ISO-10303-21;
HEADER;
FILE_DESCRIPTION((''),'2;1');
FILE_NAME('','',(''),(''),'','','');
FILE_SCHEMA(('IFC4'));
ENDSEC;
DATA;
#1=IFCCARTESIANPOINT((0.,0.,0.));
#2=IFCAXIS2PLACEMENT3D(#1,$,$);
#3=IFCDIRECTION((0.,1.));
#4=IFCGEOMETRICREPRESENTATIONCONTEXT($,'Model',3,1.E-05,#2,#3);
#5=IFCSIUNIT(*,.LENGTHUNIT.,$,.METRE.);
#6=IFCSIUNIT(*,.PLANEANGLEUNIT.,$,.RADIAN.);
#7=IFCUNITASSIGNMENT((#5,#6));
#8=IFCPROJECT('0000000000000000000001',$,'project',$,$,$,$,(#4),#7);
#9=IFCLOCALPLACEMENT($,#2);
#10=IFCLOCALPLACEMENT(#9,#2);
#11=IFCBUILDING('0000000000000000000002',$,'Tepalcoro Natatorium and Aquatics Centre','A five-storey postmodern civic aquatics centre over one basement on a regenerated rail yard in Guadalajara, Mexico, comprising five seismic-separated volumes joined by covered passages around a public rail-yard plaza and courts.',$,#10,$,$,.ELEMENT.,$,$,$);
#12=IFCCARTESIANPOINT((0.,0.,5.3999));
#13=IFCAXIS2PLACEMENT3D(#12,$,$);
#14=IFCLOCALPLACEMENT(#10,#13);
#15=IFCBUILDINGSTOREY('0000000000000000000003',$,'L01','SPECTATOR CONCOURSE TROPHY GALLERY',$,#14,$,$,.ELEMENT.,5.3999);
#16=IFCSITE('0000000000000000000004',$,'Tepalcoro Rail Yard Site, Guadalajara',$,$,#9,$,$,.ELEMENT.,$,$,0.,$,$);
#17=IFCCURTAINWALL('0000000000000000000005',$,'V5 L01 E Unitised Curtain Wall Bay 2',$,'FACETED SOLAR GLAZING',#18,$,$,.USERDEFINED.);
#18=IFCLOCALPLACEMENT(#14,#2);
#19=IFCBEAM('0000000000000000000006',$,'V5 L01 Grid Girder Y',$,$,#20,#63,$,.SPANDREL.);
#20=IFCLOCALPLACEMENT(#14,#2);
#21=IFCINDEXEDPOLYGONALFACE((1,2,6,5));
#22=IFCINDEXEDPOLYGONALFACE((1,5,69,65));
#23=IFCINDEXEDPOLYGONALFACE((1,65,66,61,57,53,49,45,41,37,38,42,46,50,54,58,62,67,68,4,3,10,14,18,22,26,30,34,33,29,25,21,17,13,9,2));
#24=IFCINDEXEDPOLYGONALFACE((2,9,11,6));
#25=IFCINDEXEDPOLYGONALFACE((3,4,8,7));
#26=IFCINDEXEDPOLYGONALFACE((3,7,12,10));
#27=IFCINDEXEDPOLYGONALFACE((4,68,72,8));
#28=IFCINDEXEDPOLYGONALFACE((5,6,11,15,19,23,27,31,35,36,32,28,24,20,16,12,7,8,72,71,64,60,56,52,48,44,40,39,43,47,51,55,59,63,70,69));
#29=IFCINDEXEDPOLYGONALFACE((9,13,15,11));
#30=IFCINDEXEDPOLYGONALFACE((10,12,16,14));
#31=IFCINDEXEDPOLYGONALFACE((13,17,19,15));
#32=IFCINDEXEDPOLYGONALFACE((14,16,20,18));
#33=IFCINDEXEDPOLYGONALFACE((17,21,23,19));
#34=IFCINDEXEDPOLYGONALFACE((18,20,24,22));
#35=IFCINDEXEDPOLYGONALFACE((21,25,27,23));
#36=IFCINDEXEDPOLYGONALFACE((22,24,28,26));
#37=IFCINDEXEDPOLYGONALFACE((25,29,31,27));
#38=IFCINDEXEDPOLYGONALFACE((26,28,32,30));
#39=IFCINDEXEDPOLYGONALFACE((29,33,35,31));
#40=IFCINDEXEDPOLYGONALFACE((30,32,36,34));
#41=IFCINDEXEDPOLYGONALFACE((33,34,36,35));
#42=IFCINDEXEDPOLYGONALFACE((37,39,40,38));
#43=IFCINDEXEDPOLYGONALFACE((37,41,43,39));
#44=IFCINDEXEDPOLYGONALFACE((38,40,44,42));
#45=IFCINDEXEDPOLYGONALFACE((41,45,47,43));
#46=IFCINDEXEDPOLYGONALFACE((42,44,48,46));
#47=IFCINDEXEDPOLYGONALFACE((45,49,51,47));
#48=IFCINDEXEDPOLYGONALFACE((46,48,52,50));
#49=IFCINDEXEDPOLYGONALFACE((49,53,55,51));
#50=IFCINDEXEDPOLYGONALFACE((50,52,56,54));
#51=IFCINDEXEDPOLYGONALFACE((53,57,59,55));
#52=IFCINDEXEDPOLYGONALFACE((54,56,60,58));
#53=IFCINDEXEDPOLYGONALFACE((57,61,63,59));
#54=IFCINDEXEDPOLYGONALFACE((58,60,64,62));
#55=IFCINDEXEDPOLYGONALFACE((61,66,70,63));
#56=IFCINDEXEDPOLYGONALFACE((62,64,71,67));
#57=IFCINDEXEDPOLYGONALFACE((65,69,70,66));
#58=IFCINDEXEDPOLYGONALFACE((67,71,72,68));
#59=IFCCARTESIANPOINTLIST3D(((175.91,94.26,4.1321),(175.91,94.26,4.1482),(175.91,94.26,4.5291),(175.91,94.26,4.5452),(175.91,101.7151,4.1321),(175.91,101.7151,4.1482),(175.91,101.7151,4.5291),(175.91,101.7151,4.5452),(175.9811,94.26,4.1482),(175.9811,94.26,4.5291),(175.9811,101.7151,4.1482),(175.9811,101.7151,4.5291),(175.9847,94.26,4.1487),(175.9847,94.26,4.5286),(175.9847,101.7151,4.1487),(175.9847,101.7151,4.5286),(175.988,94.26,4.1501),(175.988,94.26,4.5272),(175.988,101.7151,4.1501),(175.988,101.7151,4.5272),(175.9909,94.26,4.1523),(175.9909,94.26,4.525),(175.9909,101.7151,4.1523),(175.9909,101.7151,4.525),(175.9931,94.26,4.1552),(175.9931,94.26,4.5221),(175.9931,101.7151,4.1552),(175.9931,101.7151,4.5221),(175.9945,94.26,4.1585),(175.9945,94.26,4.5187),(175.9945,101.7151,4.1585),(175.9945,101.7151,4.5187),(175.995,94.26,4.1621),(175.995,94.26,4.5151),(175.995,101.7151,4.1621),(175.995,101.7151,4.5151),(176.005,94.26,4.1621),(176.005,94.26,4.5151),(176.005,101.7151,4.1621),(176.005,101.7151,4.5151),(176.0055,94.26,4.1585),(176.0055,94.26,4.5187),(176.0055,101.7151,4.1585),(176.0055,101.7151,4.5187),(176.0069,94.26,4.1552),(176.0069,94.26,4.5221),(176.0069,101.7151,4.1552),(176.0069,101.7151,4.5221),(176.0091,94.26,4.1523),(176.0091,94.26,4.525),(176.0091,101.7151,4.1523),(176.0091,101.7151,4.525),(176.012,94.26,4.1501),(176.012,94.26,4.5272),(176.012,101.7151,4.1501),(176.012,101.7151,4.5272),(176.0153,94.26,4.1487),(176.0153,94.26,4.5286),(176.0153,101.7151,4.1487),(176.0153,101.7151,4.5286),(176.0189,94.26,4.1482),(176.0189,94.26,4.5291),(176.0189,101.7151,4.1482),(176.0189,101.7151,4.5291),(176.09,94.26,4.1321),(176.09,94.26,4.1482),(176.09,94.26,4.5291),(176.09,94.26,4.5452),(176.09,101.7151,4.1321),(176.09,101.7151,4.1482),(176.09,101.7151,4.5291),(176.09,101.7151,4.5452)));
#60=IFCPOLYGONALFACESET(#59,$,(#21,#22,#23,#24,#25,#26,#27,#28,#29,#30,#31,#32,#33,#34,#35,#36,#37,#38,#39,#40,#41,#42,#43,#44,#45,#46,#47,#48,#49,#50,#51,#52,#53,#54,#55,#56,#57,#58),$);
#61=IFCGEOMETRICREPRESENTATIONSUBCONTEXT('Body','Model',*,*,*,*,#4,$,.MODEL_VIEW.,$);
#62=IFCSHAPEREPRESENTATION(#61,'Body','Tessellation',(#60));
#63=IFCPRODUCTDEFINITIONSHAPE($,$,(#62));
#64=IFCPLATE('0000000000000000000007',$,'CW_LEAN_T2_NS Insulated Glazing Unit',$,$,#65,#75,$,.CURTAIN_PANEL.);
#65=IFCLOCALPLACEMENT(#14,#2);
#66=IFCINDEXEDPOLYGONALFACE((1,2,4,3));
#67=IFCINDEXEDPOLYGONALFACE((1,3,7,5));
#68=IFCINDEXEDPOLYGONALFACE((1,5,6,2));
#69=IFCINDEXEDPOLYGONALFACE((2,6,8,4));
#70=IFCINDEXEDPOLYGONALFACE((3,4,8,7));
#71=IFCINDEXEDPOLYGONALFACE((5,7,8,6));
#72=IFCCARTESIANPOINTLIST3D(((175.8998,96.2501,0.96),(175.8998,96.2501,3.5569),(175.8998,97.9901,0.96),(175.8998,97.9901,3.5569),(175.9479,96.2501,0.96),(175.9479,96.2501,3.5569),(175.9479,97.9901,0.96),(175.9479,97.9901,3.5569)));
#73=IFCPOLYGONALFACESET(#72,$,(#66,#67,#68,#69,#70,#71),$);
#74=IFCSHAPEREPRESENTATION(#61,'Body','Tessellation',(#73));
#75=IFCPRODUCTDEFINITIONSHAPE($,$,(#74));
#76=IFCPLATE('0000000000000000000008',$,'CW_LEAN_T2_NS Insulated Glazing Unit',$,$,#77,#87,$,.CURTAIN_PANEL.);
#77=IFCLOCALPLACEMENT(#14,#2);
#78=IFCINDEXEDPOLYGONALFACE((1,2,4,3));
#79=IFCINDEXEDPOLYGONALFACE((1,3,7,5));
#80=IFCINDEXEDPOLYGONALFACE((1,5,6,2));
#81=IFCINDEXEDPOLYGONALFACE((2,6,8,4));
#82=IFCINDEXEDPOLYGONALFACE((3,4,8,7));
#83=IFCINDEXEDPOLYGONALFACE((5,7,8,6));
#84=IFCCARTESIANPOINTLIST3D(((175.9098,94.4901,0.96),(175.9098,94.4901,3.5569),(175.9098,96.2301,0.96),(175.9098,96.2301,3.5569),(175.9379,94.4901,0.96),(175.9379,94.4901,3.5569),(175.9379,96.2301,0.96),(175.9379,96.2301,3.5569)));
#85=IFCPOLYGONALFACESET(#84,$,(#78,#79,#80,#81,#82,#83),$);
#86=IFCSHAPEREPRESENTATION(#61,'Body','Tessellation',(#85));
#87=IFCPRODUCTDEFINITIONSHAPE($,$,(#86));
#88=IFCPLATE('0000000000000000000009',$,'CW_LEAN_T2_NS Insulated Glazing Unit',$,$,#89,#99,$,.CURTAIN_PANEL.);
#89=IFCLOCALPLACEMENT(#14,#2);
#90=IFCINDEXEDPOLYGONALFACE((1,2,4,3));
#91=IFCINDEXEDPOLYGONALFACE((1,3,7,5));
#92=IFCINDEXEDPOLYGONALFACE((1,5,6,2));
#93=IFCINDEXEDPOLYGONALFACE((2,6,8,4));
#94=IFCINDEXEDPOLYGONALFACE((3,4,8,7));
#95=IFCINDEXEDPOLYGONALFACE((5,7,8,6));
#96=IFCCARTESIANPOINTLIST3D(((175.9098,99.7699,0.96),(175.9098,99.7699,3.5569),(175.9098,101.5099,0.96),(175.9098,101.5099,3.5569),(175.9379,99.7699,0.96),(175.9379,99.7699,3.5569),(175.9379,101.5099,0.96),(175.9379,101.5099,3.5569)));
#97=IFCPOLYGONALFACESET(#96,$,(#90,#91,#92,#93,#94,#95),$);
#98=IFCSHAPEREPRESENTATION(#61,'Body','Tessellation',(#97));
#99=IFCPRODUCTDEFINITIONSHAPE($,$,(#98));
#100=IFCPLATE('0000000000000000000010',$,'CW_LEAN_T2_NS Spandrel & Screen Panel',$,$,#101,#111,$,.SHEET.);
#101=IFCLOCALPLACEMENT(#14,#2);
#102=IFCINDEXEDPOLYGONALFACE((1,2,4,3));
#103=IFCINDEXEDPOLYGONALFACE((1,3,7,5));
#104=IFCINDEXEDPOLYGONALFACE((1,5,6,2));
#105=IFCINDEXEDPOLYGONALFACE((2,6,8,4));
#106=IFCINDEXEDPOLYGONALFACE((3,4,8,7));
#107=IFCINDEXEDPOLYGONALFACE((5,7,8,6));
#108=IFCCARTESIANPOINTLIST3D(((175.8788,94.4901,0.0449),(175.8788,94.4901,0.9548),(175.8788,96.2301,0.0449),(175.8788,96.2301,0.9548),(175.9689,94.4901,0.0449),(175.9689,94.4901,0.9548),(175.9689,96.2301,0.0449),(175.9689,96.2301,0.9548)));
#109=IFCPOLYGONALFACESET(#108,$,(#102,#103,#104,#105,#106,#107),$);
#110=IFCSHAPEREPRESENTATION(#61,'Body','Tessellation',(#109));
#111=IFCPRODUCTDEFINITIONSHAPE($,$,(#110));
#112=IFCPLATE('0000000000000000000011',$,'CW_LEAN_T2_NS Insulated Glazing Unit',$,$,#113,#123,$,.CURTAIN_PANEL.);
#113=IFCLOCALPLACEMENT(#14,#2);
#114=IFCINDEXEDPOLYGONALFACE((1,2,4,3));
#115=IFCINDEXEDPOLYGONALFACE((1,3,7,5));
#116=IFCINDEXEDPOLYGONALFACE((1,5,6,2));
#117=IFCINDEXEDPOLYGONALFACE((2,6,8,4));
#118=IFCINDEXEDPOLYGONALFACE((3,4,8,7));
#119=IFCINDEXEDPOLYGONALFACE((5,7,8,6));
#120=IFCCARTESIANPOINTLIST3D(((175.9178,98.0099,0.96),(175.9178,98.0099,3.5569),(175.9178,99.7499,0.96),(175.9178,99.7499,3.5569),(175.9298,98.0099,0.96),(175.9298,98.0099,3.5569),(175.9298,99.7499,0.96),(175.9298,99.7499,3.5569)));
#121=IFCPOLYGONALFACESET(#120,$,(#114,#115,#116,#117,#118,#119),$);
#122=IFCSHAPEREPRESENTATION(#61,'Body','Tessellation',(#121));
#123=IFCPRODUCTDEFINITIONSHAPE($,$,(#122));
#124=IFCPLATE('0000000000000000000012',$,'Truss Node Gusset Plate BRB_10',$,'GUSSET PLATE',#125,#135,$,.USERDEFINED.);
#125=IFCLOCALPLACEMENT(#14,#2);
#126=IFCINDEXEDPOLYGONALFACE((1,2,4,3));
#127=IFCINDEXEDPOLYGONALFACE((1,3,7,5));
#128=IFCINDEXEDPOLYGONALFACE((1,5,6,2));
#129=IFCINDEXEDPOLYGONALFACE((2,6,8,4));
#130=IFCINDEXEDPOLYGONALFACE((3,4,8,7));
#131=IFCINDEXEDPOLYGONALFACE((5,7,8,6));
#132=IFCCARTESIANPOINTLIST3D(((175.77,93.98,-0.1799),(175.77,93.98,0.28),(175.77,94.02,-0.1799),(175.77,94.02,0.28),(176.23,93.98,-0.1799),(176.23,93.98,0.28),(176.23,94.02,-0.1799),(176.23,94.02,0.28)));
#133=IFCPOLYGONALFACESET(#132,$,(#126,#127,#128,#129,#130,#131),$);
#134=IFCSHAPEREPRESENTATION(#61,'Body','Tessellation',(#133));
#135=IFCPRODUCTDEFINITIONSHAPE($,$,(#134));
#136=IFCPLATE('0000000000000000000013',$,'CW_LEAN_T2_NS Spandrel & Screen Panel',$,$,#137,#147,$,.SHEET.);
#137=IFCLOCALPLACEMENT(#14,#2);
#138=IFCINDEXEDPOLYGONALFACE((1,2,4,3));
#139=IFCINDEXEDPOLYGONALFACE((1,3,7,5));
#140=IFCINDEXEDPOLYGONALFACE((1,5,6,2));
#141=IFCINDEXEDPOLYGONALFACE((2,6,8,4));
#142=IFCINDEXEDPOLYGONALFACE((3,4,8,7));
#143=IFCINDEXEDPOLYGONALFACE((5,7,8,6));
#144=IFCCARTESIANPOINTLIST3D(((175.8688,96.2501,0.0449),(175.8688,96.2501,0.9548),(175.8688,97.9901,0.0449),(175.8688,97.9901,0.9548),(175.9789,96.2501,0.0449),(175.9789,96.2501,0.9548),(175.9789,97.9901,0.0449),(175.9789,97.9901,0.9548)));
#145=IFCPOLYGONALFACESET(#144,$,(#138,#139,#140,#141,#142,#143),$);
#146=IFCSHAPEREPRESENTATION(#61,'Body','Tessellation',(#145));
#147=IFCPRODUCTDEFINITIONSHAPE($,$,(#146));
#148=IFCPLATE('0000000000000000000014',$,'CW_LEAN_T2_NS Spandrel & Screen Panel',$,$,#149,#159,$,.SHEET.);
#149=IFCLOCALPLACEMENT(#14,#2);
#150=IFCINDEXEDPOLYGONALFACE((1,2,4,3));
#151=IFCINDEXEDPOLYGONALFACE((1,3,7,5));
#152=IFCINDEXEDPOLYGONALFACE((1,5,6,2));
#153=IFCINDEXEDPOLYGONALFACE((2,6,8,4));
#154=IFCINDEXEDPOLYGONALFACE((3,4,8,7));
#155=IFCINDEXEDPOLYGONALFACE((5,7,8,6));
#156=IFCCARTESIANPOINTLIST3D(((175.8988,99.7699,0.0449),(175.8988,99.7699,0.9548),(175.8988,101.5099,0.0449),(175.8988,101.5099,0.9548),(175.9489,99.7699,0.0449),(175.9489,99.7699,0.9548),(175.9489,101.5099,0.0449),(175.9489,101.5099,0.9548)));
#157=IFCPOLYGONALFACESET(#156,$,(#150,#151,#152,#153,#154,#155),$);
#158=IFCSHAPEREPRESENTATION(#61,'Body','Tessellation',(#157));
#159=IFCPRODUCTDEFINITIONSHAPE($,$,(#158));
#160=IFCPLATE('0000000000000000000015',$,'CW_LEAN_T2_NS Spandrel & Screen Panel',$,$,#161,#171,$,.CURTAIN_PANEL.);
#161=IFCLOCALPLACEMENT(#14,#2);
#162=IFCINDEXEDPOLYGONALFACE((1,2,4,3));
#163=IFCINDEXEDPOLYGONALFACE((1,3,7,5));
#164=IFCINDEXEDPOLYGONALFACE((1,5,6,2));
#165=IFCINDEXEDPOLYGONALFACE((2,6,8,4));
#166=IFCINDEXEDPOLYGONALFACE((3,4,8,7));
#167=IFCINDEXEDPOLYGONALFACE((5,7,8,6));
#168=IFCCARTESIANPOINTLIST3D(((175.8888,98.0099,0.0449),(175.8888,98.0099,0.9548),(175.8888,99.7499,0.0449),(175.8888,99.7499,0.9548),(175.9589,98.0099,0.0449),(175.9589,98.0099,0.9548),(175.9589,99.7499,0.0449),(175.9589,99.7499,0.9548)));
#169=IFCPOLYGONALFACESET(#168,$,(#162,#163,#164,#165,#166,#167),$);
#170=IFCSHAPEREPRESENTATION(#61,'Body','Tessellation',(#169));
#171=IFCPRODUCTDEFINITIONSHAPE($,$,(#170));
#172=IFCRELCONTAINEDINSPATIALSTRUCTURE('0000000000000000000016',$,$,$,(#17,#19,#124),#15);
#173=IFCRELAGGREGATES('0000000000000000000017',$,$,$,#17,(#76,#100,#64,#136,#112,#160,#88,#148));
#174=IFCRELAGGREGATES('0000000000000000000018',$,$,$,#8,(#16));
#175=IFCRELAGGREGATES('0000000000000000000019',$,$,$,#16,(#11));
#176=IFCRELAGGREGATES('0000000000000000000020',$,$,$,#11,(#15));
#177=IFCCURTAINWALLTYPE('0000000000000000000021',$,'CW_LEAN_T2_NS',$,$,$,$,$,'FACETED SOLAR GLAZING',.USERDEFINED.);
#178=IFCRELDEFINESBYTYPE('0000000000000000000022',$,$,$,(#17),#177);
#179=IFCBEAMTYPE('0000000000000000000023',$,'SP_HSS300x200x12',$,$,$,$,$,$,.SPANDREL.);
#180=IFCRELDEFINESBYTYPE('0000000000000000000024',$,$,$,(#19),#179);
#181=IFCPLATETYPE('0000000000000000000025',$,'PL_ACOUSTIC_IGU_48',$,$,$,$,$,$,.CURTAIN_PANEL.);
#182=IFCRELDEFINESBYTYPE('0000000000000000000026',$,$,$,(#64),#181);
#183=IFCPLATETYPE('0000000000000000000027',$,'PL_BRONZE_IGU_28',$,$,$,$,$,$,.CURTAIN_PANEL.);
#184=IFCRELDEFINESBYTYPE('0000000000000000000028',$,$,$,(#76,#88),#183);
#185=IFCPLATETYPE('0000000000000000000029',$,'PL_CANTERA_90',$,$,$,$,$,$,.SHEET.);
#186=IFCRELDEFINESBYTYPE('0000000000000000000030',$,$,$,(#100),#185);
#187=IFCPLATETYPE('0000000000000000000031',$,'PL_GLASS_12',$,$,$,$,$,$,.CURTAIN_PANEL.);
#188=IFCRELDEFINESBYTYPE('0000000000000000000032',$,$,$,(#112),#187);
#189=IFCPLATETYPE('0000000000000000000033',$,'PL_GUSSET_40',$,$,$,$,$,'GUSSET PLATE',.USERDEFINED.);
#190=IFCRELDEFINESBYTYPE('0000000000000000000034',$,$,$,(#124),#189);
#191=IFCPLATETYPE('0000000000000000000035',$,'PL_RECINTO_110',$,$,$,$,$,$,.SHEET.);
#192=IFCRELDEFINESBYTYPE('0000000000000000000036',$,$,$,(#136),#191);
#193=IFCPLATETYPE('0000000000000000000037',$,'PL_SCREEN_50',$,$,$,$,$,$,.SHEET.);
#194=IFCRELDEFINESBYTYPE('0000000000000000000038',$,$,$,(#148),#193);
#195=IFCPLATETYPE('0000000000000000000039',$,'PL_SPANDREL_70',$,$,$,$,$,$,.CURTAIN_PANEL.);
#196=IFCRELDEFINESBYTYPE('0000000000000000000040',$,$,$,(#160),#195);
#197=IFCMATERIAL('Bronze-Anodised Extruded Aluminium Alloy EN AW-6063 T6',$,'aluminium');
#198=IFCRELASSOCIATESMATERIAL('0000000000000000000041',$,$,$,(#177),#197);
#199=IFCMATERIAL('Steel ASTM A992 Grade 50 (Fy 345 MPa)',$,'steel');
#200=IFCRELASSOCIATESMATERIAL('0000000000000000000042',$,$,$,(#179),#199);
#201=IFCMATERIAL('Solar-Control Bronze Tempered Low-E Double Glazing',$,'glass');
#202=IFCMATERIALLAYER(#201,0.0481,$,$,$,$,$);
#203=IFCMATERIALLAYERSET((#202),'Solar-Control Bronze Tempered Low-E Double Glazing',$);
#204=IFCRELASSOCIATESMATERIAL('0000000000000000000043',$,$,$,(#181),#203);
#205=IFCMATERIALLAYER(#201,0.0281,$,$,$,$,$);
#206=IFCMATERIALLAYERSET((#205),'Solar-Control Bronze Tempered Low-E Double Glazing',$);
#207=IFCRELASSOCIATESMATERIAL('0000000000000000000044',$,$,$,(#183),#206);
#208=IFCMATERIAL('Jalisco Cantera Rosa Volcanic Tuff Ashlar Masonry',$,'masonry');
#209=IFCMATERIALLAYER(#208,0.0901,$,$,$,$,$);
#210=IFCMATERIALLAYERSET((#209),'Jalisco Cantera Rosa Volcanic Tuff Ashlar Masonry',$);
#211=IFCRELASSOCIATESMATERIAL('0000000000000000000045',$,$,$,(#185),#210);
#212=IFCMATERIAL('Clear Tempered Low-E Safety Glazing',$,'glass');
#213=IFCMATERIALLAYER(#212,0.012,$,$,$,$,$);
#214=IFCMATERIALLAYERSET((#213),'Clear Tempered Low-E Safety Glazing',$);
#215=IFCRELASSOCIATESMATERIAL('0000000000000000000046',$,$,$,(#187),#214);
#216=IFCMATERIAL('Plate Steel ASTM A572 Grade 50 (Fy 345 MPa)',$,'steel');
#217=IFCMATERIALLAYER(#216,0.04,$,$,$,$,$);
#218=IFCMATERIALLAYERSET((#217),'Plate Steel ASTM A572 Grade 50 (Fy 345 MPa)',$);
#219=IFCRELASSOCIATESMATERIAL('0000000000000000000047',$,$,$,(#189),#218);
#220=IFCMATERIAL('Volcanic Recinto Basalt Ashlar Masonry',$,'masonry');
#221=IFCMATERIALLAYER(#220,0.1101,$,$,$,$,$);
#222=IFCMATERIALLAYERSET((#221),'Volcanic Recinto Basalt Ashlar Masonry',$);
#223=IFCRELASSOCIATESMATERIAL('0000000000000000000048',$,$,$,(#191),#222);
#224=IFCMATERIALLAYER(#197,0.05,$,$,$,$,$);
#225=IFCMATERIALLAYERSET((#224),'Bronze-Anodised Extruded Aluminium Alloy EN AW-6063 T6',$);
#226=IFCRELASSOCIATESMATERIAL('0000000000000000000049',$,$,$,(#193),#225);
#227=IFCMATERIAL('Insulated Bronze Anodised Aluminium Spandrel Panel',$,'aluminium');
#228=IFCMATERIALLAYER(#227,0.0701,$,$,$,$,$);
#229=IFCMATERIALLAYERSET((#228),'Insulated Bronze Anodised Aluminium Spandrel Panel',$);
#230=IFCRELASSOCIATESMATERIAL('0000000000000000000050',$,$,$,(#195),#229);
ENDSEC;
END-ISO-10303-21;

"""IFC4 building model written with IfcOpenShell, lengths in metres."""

from ifc_helpers import new_model, si_unit, direction, frame, origin, origin_2d, place, context, subcontext, project, spatial, rectangle, i_section, extrude, material, layer, layer_set, material_profile, profile_set, type_object, element, aggregate, save


model = new_model("IFC4")

# Units and contexts
model_context = context("Model", 3, precision=1e-05, world=origin(), true_north=direction((0.0, 1.0)))
body_context = subcontext(model_context, "Body", "Model", "MODEL_VIEW")
ifc_project = project(units=[si_unit("LENGTHUNIT", "METRE"), si_unit("PLANEANGLEUNIT", "RADIAN")], contexts=[model_context])

# Site, building, storey
site_placement = place(None, origin())
site = spatial("IfcSite", under=ifc_project, at=site_placement, Name="Tepalcoro Rail Yard Site, Guadalajara", CompositionType="ELEMENT", RefElevation=0.0)
building_placement = place(site_placement, origin())
building = spatial("IfcBuilding", under=site, at=building_placement, Name="Tepalcoro Natatorium and Aquatics Centre", Description="A five-storey postmodern civic aquatics centre over one basement on a regenerated rail yard in Guadalajara, Mexico, comprising five seismic-separated volumes joined by covered passages around a public rail-yard plaza and courts.", CompositionType="ELEMENT")
storey_placement = place(building_placement, frame((0.0, 0.0, 5.3999)))
storey = spatial("IfcBuildingStorey", under=building, at=storey_placement, Name="L01", Description="SPECTATOR CONCOURSE TROPHY GALLERY", CompositionType="ELEMENT", Elevation=5.3999)

# Shared definitions
ifc_material_1 = material(Name="Steel ASTM A992 Grade 50 (Fy 345 MPa)", Category="steel")

# Curtain wall
ifc_material_2 = material(Name="Bronze-Anodised Extruded Aluminium Alloy EN AW-6063 T6", Category="aluminium")
curtain_wall_type = type_object("IfcCurtainWallType", Name="CW_LEAN_T2_NS", ElementType="FACETED SOLAR GLAZING", PredefinedType="USERDEFINED", material=ifc_material_2)
curtain_wall_placement = place(storey_placement, origin())
curtain_wall = element("IfcCurtainWall", 1, at=curtain_wall_placement, inside=storey, type_object=curtain_wall_type, Name="V5 L01 E Unitised Curtain Wall Bay 2", ObjectType="FACETED SOLAR GLAZING", PredefinedType="USERDEFINED")

# Beam
ifc_material_profile_1 = material_profile(ifc_material_1, i_section(OverallWidth=0.1799, OverallDepth=0.4131, WebThickness=0.01, FlangeThickness=0.0161, FilletRadius=0.0139, at=origin_2d()), Name="W16X50")
ifc_profile_set_1 = profile_set([ifc_material_profile_1], Name="Steel ASTM A992 Grade 50 (Fy 345 MPa)")
beam_type_1 = type_object("IfcBeamType", Name="SP_HSS300x200x12", PredefinedType="SPANDREL", material=ifc_profile_set_1)
beam_1_placement = place(storey_placement, frame((176.0, 94.26, 4.3386), z_axis=(0.0, 1.0, 0.0), x_axis=(-1.0, 0.0, 0.0)))
element("IfcBeam", 2, at=beam_1_placement, inside=storey, type_object=beam_type_1, Name="V5 L01 Grid Girder Y", PredefinedType="SPANDREL", context=body_context, shape_type="SweptSolid", body=[
    extrude(i_section(OverallWidth=0.1799, OverallDepth=0.4131, WebThickness=0.01, FlangeThickness=0.0161, FilletRadius=0.0139, at=origin_2d()), origin(), (0.0, 0.0, 1.0), 7.4551),
])

# Plates
ifc_material_3 = material(Name="Solar-Control Bronze Tempered Low-E Double Glazing", Category="glass")
ifc_layer_1 = layer(ifc_material_3, 0.0481)
ifc_layer_set_1 = layer_set([ifc_layer_1], Name="Solar-Control Bronze Tempered Low-E Double Glazing")
plate_type_1 = type_object("IfcPlateType", Name="PL_ACOUSTIC_IGU_48", PredefinedType="CURTAIN_PANEL", material=ifc_layer_set_1)
plate_1_placement = place(storey_placement, frame((175.9238, 97.1201, 0.96), z_axis=(0.0, 0.0, 1.0), x_axis=(1.0, 0.0, 0.0)))
plate_1 = element("IfcPlate", 3, at=plate_1_placement, type_object=plate_type_1, Name="CW_LEAN_T2_NS Insulated Glazing Unit", PredefinedType="CURTAIN_PANEL", context=body_context, shape_type="SweptSolid", body=[
    extrude(rectangle(XDim=0.0481, YDim=1.74, at=origin_2d()), origin(), (0.0, 0.0, 1.0), 2.5969),
])
ifc_layer_2 = layer(ifc_material_3, 0.0281)
ifc_layer_set_2 = layer_set([ifc_layer_2], Name="Solar-Control Bronze Tempered Low-E Double Glazing")
plate_type_2 = type_object("IfcPlateType", Name="PL_BRONZE_IGU_28", PredefinedType="CURTAIN_PANEL", material=ifc_layer_set_2)
plate_2_placement = place(storey_placement, frame((175.9238, 95.3601, 0.96), z_axis=(0.0, 0.0, 1.0), x_axis=(1.0, 0.0, 0.0)))
plate_2 = element("IfcPlate", 4, at=plate_2_placement, type_object=plate_type_2, Name="CW_LEAN_T2_NS Insulated Glazing Unit", PredefinedType="CURTAIN_PANEL", context=body_context, shape_type="SweptSolid", body=[
    extrude(rectangle(XDim=0.0281, YDim=1.74, at=origin_2d()), origin(), (0.0, 0.0, 1.0), 2.5969),
])
plate_3_placement = place(storey_placement, frame((175.9238, 100.6399, 0.96), z_axis=(0.0, 0.0, 1.0), x_axis=(1.0, 0.0, 0.0)))
plate_3 = element("IfcPlate", 5, at=plate_3_placement, type_object=plate_type_2, Name="CW_LEAN_T2_NS Insulated Glazing Unit", PredefinedType="CURTAIN_PANEL", context=body_context, shape_type="SweptSolid", body=[
    extrude(rectangle(XDim=0.0281, YDim=1.74, at=origin_2d()), origin(), (0.0, 0.0, 1.0), 2.5969),
])
ifc_material_4 = material(Name="Jalisco Cantera Rosa Volcanic Tuff Ashlar Masonry", Category="masonry")
ifc_layer_3 = layer(ifc_material_4, 0.0901)
ifc_layer_set_3 = layer_set([ifc_layer_3], Name="Jalisco Cantera Rosa Volcanic Tuff Ashlar Masonry")
plate_type_3 = type_object("IfcPlateType", Name="PL_CANTERA_90", PredefinedType="SHEET", material=ifc_layer_set_3)
plate_4_placement = place(storey_placement, frame((175.9238, 95.3601, 0.0449), z_axis=(0.0, 0.0, 1.0), x_axis=(1.0, 0.0, 0.0)))
plate_4 = element("IfcPlate", 6, at=plate_4_placement, type_object=plate_type_3, Name="CW_LEAN_T2_NS Spandrel & Screen Panel", PredefinedType="SHEET", context=body_context, shape_type="SweptSolid", body=[
    extrude(rectangle(XDim=0.0901, YDim=1.74, at=origin_2d()), origin(), (0.0, 0.0, 1.0), 0.9099),
])
ifc_material_5 = material(Name="Clear Tempered Low-E Safety Glazing", Category="glass")
ifc_layer_4 = layer(ifc_material_5, 0.012)
ifc_layer_set_4 = layer_set([ifc_layer_4], Name="Clear Tempered Low-E Safety Glazing")
plate_type_4 = type_object("IfcPlateType", Name="PL_GLASS_12", PredefinedType="CURTAIN_PANEL", material=ifc_layer_set_4)
plate_5_placement = place(storey_placement, frame((175.9238, 98.8799, 0.96), z_axis=(0.0, 0.0, 1.0), x_axis=(1.0, 0.0, 0.0)))
plate_5 = element("IfcPlate", 7, at=plate_5_placement, type_object=plate_type_4, Name="CW_LEAN_T2_NS Insulated Glazing Unit", PredefinedType="CURTAIN_PANEL", context=body_context, shape_type="SweptSolid", body=[
    extrude(rectangle(XDim=0.012, YDim=1.74, at=origin_2d()), origin(), (0.0, 0.0, 1.0), 2.5969),
])
ifc_material_6 = material(Name="Plate Steel ASTM A572 Grade 50 (Fy 345 MPa)", Category="steel")
ifc_layer_5 = layer(ifc_material_6, 0.04)
ifc_layer_set_5 = layer_set([ifc_layer_5], Name="Plate Steel ASTM A572 Grade 50 (Fy 345 MPa)")
plate_type_5 = type_object("IfcPlateType", Name="PL_GUSSET_40", ElementType="GUSSET PLATE", PredefinedType="USERDEFINED", material=ifc_layer_set_5)
plate_6_placement = place(storey_placement, frame((176.0, 94.0, -0.1799), z_axis=(0.0, 0.0, 1.0), x_axis=(1.0, 0.0, 0.0)))
element("IfcPlate", 8, at=plate_6_placement, inside=storey, type_object=plate_type_5, Name="Truss Node Gusset Plate BRB_10", ObjectType="GUSSET PLATE", PredefinedType="USERDEFINED", context=body_context, shape_type="SweptSolid", body=[
    extrude(rectangle(XDim=0.46, YDim=0.04, at=origin_2d()), origin(), (0.0, 0.0, 1.0), 0.46),
])
ifc_material_7 = material(Name="Volcanic Recinto Basalt Ashlar Masonry", Category="masonry")
ifc_layer_6 = layer(ifc_material_7, 0.1101)
ifc_layer_set_6 = layer_set([ifc_layer_6], Name="Volcanic Recinto Basalt Ashlar Masonry")
plate_type_6 = type_object("IfcPlateType", Name="PL_RECINTO_110", PredefinedType="SHEET", material=ifc_layer_set_6)
plate_7_placement = place(storey_placement, frame((175.9238, 97.1201, 0.0449), z_axis=(0.0, 0.0, 1.0), x_axis=(1.0, 0.0, 0.0)))
plate_7 = element("IfcPlate", 9, at=plate_7_placement, type_object=plate_type_6, Name="CW_LEAN_T2_NS Spandrel & Screen Panel", PredefinedType="SHEET", context=body_context, shape_type="SweptSolid", body=[
    extrude(rectangle(XDim=0.1101, YDim=1.74, at=origin_2d()), origin(), (0.0, 0.0, 1.0), 0.9099),
])
ifc_layer_7 = layer(ifc_material_2, 0.05)
ifc_layer_set_7 = layer_set([ifc_layer_7], Name="Bronze-Anodised Extruded Aluminium Alloy EN AW-6063 T6")
plate_type_7 = type_object("IfcPlateType", Name="PL_SCREEN_50", PredefinedType="SHEET", material=ifc_layer_set_7)
plate_8_placement = place(storey_placement, frame((175.9238, 100.6399, 0.0449), z_axis=(0.0, 0.0, 1.0), x_axis=(1.0, 0.0, 0.0)))
plate_8 = element("IfcPlate", 10, at=plate_8_placement, type_object=plate_type_7, Name="CW_LEAN_T2_NS Spandrel & Screen Panel", PredefinedType="SHEET", context=body_context, shape_type="SweptSolid", body=[
    extrude(rectangle(XDim=0.05, YDim=1.74, at=origin_2d()), origin(), (0.0, 0.0, 1.0), 0.9099),
])
ifc_material_8 = material(Name="Insulated Bronze Anodised Aluminium Spandrel Panel", Category="aluminium")
ifc_layer_8 = layer(ifc_material_8, 0.0701)
ifc_layer_set_8 = layer_set([ifc_layer_8], Name="Insulated Bronze Anodised Aluminium Spandrel Panel")
plate_type_8 = type_object("IfcPlateType", Name="PL_SPANDREL_70", PredefinedType="CURTAIN_PANEL", material=ifc_layer_set_8)
plate_9_placement = place(storey_placement, frame((175.9238, 98.8799, 0.0449), z_axis=(0.0, 0.0, 1.0), x_axis=(1.0, 0.0, 0.0)))
plate_9 = element("IfcPlate", 11, at=plate_9_placement, type_object=plate_type_8, Name="CW_LEAN_T2_NS Spandrel & Screen Panel", PredefinedType="CURTAIN_PANEL", context=body_context, shape_type="SweptSolid", body=[
    extrude(rectangle(XDim=0.0701, YDim=1.74, at=origin_2d()), origin(), (0.0, 0.0, 1.0), 0.9099),
])
aggregate(curtain_wall, [plate_2, plate_4, plate_1, plate_7, plate_5, plate_9, plate_3, plate_8])

save(model, "model.ifc")
